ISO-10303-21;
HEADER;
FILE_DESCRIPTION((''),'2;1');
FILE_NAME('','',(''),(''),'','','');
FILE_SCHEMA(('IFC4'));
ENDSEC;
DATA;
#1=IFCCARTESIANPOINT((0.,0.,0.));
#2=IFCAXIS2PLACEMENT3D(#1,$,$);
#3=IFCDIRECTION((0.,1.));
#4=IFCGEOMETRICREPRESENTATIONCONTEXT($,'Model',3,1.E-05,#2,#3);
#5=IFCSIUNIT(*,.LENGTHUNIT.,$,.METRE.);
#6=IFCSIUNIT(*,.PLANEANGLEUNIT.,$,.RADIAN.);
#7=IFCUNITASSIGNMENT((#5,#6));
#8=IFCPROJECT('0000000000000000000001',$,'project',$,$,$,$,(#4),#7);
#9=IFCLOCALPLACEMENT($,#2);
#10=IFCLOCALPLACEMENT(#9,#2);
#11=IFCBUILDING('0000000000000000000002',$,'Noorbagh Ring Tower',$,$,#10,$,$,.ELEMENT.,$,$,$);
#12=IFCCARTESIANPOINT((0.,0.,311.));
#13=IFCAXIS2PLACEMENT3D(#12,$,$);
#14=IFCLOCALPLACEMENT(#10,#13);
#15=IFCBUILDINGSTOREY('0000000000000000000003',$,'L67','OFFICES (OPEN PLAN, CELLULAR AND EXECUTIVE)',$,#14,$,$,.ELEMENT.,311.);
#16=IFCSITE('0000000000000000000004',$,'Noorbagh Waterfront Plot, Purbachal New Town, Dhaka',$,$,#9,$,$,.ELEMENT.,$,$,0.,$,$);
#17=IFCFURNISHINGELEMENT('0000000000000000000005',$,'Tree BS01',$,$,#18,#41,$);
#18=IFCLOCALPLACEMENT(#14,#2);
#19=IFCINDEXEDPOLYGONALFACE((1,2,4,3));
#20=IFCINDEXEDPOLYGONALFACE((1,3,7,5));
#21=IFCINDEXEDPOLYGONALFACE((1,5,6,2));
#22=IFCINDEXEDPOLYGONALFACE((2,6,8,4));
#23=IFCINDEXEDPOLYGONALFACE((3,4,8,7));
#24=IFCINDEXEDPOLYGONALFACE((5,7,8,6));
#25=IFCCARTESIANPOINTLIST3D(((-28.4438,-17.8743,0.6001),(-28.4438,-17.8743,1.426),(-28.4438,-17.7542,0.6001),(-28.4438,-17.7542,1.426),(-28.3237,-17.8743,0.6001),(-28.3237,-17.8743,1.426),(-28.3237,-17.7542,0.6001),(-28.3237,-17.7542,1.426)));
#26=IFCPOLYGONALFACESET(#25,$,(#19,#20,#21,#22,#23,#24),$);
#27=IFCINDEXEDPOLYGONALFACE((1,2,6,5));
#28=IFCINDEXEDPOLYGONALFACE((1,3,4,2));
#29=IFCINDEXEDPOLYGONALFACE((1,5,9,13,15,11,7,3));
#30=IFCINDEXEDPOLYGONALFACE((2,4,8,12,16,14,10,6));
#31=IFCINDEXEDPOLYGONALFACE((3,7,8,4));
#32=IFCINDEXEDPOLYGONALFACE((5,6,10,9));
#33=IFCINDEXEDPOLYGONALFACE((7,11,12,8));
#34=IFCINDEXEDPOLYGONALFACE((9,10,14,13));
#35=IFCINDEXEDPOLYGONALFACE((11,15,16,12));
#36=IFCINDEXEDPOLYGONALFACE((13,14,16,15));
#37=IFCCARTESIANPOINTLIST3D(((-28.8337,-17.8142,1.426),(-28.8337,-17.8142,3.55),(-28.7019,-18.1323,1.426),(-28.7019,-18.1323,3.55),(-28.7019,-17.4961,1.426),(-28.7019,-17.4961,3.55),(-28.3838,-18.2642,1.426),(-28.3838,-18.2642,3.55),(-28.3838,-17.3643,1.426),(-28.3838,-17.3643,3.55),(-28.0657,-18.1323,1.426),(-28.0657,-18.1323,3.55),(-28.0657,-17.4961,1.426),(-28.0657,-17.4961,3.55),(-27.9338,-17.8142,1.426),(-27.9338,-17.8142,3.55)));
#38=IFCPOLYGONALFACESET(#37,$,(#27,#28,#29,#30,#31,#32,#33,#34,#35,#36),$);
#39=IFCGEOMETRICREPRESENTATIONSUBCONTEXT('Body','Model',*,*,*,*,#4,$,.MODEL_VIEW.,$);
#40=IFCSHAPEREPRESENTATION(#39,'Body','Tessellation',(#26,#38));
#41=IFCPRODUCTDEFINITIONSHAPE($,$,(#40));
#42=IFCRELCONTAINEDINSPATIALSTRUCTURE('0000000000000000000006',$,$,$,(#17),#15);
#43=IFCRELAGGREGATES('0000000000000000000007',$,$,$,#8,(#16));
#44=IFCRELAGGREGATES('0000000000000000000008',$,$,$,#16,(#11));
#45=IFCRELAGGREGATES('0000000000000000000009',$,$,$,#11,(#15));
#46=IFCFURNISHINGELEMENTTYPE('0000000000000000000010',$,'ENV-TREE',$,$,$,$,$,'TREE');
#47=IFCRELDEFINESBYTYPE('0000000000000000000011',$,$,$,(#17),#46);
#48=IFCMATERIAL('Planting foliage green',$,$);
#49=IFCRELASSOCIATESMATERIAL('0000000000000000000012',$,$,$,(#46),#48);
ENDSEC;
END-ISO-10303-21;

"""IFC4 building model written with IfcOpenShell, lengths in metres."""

from ifc_helpers import new_model, si_unit, direction, frame, origin, origin_2d, place, context, subcontext, project, spatial, polyline, rectangle, outline, extrude, material, type_object, element, save


model = new_model("IFC4")

# Units and contexts
model_context = context("Model", 3, precision=1e-05, world=origin(), true_north=direction((0.0, 1.0)))
body_context = subcontext(model_context, "Body", "Model", "MODEL_VIEW")
ifc_project = project(units=[si_unit("LENGTHUNIT", "METRE"), si_unit("PLANEANGLEUNIT", "RADIAN")], contexts=[model_context])

# Site, building, storey
site_placement = place(None, origin())
site = spatial("IfcSite", under=ifc_project, at=site_placement, Name="Noorbagh Waterfront Plot, Purbachal New Town, Dhaka", CompositionType="ELEMENT", RefElevation=0.0)
building_placement = place(site_placement, origin())
building = spatial("IfcBuilding", under=site, at=building_placement, Name="Noorbagh Ring Tower", CompositionType="ELEMENT")
storey_placement = place(building_placement, frame((0.0, 0.0, 311.0)))
storey = spatial("IfcBuildingStorey", under=building, at=storey_placement, Name="L67", Description="OFFICES (OPEN PLAN, CELLULAR AND EXECUTIVE)", CompositionType="ELEMENT", Elevation=311.0)

# Furnishing element
ifc_material_1 = material(Name="Planting foliage green")
furnishing_element_type = type_object("IfcFurnishingElementType", Name="ENV-TREE", ElementType="TREE", material=ifc_material_1)
furnishing_placement = place(storey_placement, frame((-28.3838, -17.8142, 0.6001), z_axis=(0.0, 0.0, 1.0), x_axis=(1.0, 0.0, 0.0)))
element("IfcFurnishingElement", 1, at=furnishing_placement, inside=storey, type_object=furnishing_element_type, Name="Tree BS01", context=body_context, shape_type="SweptSolid", body=[
    extrude(rectangle(XDim=0.1201, YDim=0.1201, at=origin_2d()), origin(), (0.0, 0.0, 1.0), 0.8259),
    extrude(outline(polyline([(0.45, 0.0), (0.3181, 0.3181), (0.0, 0.45), (-0.3181, 0.3181), (-0.45, 0.0), (-0.3181, -0.3181), (0.0, -0.45), (0.3181, -0.3181), (0.45, 0.0)])), frame((0.0, 0.0, 0.8259)), (0.0, 0.0, 1.0), 2.124),
])

save(model, "model.ifc")
